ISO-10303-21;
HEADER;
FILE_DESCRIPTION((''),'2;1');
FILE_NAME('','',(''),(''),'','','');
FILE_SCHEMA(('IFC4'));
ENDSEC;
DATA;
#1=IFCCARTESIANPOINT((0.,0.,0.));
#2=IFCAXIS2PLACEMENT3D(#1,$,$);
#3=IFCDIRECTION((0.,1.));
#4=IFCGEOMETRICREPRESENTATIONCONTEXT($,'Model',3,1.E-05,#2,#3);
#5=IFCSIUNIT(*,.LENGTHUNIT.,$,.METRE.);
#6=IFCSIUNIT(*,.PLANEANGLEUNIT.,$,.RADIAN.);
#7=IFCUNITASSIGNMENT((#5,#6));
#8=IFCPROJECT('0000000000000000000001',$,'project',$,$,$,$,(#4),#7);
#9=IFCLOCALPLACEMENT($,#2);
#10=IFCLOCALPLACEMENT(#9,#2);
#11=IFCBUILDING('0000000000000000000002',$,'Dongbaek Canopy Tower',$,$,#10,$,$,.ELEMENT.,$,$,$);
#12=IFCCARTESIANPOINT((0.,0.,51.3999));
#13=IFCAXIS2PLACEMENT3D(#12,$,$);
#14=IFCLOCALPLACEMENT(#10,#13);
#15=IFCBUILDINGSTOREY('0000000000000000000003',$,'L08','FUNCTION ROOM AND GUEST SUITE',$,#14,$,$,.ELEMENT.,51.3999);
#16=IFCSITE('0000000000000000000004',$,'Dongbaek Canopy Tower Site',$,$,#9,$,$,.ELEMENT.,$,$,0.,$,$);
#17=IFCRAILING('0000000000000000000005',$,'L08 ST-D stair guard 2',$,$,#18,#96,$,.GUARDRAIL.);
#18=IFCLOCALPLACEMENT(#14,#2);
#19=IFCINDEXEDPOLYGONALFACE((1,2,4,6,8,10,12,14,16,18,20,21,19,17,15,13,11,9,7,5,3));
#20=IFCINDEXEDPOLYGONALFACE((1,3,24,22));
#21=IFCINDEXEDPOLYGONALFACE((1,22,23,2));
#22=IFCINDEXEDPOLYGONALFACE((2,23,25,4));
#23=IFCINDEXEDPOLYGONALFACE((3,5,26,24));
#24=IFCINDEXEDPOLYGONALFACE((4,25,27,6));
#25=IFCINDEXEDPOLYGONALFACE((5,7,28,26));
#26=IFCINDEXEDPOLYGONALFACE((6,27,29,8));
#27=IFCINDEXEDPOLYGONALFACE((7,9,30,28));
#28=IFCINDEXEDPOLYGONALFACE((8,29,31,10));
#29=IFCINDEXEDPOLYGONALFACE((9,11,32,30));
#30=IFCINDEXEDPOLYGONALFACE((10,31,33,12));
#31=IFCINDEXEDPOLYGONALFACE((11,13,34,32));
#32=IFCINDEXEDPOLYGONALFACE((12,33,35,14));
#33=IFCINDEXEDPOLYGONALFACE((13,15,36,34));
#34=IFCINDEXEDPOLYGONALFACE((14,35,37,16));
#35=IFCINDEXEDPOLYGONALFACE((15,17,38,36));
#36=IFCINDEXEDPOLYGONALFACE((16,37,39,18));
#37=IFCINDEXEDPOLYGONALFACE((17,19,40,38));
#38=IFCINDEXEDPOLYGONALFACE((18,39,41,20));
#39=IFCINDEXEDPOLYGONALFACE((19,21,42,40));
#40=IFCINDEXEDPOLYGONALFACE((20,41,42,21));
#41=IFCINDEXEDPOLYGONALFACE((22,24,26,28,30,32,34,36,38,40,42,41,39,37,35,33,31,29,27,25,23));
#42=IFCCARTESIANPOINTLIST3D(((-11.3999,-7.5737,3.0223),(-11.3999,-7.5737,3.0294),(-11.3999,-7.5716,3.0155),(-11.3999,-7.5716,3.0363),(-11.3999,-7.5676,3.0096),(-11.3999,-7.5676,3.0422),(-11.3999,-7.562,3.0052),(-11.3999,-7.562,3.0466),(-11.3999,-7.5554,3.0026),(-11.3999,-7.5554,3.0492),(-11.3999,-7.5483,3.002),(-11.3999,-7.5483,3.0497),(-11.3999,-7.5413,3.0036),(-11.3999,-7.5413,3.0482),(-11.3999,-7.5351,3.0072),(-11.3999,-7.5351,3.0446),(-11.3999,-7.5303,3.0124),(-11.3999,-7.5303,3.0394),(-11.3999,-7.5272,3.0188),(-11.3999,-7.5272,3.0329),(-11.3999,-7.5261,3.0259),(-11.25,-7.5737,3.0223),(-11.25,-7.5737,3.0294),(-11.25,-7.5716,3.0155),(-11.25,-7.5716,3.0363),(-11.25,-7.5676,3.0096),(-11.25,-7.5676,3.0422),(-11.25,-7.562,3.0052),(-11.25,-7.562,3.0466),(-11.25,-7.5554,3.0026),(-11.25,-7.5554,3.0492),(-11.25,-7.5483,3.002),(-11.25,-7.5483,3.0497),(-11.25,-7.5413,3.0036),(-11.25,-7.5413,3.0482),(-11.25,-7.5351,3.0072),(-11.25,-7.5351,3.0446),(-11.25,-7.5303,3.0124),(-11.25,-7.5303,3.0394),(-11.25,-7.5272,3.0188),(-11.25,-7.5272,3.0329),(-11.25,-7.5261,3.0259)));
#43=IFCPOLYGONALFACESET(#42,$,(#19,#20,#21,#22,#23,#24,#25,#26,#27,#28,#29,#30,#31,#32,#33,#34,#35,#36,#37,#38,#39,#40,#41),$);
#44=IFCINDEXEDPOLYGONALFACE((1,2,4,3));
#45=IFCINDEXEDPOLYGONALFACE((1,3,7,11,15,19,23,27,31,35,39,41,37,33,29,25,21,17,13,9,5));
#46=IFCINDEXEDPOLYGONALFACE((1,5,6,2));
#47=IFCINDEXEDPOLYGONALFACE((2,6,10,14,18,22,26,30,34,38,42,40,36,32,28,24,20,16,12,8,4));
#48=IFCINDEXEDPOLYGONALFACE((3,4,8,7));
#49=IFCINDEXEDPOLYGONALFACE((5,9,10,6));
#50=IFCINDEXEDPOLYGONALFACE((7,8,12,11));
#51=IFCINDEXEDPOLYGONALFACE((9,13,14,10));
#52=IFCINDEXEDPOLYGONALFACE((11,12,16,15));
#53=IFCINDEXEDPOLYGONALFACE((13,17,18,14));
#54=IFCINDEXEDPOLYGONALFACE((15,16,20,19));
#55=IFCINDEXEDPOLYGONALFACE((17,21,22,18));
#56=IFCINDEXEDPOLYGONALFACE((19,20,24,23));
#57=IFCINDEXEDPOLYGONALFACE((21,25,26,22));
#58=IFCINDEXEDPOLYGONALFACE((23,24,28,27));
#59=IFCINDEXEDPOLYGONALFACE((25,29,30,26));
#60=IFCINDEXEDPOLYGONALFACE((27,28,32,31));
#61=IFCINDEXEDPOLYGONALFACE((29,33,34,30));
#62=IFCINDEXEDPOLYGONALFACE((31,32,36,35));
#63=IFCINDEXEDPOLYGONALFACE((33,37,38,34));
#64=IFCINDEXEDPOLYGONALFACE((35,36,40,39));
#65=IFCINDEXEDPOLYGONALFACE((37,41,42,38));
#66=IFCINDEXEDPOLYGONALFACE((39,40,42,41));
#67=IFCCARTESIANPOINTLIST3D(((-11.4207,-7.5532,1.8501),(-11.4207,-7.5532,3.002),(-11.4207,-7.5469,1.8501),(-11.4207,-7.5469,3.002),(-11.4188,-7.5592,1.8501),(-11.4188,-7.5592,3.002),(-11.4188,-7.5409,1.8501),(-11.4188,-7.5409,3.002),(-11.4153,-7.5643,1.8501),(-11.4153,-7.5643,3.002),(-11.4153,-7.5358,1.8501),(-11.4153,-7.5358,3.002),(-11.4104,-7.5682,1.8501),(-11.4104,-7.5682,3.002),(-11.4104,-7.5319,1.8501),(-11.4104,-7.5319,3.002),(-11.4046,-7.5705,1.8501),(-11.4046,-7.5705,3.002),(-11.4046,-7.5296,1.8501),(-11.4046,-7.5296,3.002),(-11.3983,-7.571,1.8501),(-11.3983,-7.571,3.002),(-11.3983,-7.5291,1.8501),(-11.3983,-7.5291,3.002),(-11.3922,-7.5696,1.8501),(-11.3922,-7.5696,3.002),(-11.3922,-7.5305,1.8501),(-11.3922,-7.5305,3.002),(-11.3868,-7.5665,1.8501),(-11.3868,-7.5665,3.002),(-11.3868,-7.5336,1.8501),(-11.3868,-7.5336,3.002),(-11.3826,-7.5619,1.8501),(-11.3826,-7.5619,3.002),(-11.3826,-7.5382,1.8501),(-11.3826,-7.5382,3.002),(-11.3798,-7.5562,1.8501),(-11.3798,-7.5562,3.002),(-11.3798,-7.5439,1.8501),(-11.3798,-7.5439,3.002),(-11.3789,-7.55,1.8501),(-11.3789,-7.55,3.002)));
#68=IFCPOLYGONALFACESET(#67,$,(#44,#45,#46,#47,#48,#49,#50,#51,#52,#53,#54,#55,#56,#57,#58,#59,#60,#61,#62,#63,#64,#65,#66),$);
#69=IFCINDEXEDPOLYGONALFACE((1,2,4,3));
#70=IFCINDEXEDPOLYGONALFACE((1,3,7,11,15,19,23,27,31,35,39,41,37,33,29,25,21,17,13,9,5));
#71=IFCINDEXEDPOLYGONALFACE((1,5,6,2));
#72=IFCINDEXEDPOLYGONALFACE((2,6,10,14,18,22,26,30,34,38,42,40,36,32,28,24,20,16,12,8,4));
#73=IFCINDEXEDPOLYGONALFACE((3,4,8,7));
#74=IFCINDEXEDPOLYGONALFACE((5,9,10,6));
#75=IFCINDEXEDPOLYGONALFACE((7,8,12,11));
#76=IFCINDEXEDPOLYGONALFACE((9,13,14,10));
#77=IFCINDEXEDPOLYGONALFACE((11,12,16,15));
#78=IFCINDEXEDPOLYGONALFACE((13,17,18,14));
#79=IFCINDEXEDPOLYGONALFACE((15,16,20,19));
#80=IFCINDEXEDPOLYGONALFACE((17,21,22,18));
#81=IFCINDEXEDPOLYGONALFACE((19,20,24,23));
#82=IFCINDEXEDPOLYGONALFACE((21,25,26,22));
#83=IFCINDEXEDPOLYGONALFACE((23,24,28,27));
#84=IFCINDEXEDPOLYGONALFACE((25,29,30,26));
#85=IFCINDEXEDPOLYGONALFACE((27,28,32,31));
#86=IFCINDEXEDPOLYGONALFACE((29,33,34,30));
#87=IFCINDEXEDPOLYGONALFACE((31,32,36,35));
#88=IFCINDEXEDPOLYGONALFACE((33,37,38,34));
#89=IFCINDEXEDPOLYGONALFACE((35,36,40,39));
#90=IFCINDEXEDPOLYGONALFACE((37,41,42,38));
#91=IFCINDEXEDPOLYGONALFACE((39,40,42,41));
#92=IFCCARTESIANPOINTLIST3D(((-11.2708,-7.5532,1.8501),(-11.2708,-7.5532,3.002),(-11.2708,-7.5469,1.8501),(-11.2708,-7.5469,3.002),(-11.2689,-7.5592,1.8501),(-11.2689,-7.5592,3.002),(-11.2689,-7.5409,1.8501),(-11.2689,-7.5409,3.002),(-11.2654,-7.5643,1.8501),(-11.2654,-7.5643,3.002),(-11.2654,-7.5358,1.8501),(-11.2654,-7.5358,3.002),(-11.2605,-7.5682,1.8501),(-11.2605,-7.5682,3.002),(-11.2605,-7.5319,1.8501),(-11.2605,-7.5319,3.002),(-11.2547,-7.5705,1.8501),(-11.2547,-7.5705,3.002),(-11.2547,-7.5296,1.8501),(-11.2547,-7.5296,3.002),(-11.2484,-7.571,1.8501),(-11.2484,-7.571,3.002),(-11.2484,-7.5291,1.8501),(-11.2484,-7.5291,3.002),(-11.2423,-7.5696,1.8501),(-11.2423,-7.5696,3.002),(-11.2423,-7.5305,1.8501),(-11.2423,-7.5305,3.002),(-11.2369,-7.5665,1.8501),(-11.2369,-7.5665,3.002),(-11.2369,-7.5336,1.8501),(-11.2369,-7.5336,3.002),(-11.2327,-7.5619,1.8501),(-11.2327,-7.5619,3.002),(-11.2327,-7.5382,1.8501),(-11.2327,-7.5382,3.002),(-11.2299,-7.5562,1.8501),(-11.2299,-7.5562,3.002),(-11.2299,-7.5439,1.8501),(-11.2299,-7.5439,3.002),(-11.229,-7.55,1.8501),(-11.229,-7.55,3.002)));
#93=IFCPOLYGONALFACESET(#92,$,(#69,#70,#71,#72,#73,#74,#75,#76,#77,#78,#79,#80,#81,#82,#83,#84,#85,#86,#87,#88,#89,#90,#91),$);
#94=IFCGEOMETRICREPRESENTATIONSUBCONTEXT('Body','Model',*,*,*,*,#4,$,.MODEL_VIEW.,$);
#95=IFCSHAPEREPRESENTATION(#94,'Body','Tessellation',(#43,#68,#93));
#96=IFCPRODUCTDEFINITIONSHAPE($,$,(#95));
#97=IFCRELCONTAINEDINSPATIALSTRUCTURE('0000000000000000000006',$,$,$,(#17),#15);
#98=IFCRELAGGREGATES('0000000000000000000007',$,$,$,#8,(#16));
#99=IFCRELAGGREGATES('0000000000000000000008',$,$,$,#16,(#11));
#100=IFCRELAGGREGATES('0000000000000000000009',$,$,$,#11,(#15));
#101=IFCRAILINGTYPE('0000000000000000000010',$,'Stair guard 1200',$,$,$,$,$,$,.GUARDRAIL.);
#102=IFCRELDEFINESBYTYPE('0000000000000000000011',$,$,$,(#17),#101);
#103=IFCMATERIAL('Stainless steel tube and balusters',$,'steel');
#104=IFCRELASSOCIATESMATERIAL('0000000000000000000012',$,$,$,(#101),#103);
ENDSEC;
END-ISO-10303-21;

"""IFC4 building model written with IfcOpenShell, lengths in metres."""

from ifc_helpers import new_model, si_unit, direction, frame, origin, origin_2d, place, context, subcontext, project, spatial, circle, extrude, material, type_object, element, save


model = new_model("IFC4")

# Units and contexts
model_context = context("Model", 3, precision=1e-05, world=origin(), true_north=direction((0.0, 1.0)))
body_context = subcontext(model_context, "Body", "Model", "MODEL_VIEW")
ifc_project = project(units=[si_unit("LENGTHUNIT", "METRE"), si_unit("PLANEANGLEUNIT", "RADIAN")], contexts=[model_context])

# Site, building, storey
site_placement = place(None, origin())
site = spatial("IfcSite", under=ifc_project, at=site_placement, Name="Dongbaek Canopy Tower Site", CompositionType="ELEMENT", RefElevation=0.0)
building_placement = place(site_placement, origin())
building = spatial("IfcBuilding", under=site, at=building_placement, Name="Dongbaek Canopy Tower", CompositionType="ELEMENT")
storey_placement = place(building_placement, frame((0.0, 0.0, 51.3999)))
storey = spatial("IfcBuildingStorey", under=building, at=storey_placement, Name="L08", Description="FUNCTION ROOM AND GUEST SUITE", CompositionType="ELEMENT", Elevation=51.3999)

# Railing
ifc_material_1 = material(Name="Stainless steel tube and balusters", Category="steel")
railing_type_1 = type_object("IfcRailingType", Name="Stair guard 1200", PredefinedType="GUARDRAIL", material=ifc_material_1)
railing_1_placement = place(storey_placement, frame((-11.3999, -7.55, 1.8501)))
element("IfcRailing", 1, at=railing_1_placement, inside=storey, type_object=railing_type_1, Name="L08 ST-D stair guard 2", PredefinedType="GUARDRAIL", context=body_context, shape_type="SweptSolid", body=[
    extrude(circle(Radius=0.0239, at=origin_2d()), frame((0.0, 0.0, 1.1758), z_axis=(1.0, 0.0, 0.0), x_axis=(0.0, 1.0, 0.0)), (0.0, 0.0, 1.0), 0.1499),
    extrude(circle(Radius=0.021, at=origin_2d()), origin(), (0.0, 0.0, 1.0), 1.1519),
    extrude(circle(Radius=0.021, at=origin_2d()), frame((0.1499, 0.0, 0.0)), (0.0, 0.0, 1.0), 1.1519),
])

save(model, "model.ifc")
